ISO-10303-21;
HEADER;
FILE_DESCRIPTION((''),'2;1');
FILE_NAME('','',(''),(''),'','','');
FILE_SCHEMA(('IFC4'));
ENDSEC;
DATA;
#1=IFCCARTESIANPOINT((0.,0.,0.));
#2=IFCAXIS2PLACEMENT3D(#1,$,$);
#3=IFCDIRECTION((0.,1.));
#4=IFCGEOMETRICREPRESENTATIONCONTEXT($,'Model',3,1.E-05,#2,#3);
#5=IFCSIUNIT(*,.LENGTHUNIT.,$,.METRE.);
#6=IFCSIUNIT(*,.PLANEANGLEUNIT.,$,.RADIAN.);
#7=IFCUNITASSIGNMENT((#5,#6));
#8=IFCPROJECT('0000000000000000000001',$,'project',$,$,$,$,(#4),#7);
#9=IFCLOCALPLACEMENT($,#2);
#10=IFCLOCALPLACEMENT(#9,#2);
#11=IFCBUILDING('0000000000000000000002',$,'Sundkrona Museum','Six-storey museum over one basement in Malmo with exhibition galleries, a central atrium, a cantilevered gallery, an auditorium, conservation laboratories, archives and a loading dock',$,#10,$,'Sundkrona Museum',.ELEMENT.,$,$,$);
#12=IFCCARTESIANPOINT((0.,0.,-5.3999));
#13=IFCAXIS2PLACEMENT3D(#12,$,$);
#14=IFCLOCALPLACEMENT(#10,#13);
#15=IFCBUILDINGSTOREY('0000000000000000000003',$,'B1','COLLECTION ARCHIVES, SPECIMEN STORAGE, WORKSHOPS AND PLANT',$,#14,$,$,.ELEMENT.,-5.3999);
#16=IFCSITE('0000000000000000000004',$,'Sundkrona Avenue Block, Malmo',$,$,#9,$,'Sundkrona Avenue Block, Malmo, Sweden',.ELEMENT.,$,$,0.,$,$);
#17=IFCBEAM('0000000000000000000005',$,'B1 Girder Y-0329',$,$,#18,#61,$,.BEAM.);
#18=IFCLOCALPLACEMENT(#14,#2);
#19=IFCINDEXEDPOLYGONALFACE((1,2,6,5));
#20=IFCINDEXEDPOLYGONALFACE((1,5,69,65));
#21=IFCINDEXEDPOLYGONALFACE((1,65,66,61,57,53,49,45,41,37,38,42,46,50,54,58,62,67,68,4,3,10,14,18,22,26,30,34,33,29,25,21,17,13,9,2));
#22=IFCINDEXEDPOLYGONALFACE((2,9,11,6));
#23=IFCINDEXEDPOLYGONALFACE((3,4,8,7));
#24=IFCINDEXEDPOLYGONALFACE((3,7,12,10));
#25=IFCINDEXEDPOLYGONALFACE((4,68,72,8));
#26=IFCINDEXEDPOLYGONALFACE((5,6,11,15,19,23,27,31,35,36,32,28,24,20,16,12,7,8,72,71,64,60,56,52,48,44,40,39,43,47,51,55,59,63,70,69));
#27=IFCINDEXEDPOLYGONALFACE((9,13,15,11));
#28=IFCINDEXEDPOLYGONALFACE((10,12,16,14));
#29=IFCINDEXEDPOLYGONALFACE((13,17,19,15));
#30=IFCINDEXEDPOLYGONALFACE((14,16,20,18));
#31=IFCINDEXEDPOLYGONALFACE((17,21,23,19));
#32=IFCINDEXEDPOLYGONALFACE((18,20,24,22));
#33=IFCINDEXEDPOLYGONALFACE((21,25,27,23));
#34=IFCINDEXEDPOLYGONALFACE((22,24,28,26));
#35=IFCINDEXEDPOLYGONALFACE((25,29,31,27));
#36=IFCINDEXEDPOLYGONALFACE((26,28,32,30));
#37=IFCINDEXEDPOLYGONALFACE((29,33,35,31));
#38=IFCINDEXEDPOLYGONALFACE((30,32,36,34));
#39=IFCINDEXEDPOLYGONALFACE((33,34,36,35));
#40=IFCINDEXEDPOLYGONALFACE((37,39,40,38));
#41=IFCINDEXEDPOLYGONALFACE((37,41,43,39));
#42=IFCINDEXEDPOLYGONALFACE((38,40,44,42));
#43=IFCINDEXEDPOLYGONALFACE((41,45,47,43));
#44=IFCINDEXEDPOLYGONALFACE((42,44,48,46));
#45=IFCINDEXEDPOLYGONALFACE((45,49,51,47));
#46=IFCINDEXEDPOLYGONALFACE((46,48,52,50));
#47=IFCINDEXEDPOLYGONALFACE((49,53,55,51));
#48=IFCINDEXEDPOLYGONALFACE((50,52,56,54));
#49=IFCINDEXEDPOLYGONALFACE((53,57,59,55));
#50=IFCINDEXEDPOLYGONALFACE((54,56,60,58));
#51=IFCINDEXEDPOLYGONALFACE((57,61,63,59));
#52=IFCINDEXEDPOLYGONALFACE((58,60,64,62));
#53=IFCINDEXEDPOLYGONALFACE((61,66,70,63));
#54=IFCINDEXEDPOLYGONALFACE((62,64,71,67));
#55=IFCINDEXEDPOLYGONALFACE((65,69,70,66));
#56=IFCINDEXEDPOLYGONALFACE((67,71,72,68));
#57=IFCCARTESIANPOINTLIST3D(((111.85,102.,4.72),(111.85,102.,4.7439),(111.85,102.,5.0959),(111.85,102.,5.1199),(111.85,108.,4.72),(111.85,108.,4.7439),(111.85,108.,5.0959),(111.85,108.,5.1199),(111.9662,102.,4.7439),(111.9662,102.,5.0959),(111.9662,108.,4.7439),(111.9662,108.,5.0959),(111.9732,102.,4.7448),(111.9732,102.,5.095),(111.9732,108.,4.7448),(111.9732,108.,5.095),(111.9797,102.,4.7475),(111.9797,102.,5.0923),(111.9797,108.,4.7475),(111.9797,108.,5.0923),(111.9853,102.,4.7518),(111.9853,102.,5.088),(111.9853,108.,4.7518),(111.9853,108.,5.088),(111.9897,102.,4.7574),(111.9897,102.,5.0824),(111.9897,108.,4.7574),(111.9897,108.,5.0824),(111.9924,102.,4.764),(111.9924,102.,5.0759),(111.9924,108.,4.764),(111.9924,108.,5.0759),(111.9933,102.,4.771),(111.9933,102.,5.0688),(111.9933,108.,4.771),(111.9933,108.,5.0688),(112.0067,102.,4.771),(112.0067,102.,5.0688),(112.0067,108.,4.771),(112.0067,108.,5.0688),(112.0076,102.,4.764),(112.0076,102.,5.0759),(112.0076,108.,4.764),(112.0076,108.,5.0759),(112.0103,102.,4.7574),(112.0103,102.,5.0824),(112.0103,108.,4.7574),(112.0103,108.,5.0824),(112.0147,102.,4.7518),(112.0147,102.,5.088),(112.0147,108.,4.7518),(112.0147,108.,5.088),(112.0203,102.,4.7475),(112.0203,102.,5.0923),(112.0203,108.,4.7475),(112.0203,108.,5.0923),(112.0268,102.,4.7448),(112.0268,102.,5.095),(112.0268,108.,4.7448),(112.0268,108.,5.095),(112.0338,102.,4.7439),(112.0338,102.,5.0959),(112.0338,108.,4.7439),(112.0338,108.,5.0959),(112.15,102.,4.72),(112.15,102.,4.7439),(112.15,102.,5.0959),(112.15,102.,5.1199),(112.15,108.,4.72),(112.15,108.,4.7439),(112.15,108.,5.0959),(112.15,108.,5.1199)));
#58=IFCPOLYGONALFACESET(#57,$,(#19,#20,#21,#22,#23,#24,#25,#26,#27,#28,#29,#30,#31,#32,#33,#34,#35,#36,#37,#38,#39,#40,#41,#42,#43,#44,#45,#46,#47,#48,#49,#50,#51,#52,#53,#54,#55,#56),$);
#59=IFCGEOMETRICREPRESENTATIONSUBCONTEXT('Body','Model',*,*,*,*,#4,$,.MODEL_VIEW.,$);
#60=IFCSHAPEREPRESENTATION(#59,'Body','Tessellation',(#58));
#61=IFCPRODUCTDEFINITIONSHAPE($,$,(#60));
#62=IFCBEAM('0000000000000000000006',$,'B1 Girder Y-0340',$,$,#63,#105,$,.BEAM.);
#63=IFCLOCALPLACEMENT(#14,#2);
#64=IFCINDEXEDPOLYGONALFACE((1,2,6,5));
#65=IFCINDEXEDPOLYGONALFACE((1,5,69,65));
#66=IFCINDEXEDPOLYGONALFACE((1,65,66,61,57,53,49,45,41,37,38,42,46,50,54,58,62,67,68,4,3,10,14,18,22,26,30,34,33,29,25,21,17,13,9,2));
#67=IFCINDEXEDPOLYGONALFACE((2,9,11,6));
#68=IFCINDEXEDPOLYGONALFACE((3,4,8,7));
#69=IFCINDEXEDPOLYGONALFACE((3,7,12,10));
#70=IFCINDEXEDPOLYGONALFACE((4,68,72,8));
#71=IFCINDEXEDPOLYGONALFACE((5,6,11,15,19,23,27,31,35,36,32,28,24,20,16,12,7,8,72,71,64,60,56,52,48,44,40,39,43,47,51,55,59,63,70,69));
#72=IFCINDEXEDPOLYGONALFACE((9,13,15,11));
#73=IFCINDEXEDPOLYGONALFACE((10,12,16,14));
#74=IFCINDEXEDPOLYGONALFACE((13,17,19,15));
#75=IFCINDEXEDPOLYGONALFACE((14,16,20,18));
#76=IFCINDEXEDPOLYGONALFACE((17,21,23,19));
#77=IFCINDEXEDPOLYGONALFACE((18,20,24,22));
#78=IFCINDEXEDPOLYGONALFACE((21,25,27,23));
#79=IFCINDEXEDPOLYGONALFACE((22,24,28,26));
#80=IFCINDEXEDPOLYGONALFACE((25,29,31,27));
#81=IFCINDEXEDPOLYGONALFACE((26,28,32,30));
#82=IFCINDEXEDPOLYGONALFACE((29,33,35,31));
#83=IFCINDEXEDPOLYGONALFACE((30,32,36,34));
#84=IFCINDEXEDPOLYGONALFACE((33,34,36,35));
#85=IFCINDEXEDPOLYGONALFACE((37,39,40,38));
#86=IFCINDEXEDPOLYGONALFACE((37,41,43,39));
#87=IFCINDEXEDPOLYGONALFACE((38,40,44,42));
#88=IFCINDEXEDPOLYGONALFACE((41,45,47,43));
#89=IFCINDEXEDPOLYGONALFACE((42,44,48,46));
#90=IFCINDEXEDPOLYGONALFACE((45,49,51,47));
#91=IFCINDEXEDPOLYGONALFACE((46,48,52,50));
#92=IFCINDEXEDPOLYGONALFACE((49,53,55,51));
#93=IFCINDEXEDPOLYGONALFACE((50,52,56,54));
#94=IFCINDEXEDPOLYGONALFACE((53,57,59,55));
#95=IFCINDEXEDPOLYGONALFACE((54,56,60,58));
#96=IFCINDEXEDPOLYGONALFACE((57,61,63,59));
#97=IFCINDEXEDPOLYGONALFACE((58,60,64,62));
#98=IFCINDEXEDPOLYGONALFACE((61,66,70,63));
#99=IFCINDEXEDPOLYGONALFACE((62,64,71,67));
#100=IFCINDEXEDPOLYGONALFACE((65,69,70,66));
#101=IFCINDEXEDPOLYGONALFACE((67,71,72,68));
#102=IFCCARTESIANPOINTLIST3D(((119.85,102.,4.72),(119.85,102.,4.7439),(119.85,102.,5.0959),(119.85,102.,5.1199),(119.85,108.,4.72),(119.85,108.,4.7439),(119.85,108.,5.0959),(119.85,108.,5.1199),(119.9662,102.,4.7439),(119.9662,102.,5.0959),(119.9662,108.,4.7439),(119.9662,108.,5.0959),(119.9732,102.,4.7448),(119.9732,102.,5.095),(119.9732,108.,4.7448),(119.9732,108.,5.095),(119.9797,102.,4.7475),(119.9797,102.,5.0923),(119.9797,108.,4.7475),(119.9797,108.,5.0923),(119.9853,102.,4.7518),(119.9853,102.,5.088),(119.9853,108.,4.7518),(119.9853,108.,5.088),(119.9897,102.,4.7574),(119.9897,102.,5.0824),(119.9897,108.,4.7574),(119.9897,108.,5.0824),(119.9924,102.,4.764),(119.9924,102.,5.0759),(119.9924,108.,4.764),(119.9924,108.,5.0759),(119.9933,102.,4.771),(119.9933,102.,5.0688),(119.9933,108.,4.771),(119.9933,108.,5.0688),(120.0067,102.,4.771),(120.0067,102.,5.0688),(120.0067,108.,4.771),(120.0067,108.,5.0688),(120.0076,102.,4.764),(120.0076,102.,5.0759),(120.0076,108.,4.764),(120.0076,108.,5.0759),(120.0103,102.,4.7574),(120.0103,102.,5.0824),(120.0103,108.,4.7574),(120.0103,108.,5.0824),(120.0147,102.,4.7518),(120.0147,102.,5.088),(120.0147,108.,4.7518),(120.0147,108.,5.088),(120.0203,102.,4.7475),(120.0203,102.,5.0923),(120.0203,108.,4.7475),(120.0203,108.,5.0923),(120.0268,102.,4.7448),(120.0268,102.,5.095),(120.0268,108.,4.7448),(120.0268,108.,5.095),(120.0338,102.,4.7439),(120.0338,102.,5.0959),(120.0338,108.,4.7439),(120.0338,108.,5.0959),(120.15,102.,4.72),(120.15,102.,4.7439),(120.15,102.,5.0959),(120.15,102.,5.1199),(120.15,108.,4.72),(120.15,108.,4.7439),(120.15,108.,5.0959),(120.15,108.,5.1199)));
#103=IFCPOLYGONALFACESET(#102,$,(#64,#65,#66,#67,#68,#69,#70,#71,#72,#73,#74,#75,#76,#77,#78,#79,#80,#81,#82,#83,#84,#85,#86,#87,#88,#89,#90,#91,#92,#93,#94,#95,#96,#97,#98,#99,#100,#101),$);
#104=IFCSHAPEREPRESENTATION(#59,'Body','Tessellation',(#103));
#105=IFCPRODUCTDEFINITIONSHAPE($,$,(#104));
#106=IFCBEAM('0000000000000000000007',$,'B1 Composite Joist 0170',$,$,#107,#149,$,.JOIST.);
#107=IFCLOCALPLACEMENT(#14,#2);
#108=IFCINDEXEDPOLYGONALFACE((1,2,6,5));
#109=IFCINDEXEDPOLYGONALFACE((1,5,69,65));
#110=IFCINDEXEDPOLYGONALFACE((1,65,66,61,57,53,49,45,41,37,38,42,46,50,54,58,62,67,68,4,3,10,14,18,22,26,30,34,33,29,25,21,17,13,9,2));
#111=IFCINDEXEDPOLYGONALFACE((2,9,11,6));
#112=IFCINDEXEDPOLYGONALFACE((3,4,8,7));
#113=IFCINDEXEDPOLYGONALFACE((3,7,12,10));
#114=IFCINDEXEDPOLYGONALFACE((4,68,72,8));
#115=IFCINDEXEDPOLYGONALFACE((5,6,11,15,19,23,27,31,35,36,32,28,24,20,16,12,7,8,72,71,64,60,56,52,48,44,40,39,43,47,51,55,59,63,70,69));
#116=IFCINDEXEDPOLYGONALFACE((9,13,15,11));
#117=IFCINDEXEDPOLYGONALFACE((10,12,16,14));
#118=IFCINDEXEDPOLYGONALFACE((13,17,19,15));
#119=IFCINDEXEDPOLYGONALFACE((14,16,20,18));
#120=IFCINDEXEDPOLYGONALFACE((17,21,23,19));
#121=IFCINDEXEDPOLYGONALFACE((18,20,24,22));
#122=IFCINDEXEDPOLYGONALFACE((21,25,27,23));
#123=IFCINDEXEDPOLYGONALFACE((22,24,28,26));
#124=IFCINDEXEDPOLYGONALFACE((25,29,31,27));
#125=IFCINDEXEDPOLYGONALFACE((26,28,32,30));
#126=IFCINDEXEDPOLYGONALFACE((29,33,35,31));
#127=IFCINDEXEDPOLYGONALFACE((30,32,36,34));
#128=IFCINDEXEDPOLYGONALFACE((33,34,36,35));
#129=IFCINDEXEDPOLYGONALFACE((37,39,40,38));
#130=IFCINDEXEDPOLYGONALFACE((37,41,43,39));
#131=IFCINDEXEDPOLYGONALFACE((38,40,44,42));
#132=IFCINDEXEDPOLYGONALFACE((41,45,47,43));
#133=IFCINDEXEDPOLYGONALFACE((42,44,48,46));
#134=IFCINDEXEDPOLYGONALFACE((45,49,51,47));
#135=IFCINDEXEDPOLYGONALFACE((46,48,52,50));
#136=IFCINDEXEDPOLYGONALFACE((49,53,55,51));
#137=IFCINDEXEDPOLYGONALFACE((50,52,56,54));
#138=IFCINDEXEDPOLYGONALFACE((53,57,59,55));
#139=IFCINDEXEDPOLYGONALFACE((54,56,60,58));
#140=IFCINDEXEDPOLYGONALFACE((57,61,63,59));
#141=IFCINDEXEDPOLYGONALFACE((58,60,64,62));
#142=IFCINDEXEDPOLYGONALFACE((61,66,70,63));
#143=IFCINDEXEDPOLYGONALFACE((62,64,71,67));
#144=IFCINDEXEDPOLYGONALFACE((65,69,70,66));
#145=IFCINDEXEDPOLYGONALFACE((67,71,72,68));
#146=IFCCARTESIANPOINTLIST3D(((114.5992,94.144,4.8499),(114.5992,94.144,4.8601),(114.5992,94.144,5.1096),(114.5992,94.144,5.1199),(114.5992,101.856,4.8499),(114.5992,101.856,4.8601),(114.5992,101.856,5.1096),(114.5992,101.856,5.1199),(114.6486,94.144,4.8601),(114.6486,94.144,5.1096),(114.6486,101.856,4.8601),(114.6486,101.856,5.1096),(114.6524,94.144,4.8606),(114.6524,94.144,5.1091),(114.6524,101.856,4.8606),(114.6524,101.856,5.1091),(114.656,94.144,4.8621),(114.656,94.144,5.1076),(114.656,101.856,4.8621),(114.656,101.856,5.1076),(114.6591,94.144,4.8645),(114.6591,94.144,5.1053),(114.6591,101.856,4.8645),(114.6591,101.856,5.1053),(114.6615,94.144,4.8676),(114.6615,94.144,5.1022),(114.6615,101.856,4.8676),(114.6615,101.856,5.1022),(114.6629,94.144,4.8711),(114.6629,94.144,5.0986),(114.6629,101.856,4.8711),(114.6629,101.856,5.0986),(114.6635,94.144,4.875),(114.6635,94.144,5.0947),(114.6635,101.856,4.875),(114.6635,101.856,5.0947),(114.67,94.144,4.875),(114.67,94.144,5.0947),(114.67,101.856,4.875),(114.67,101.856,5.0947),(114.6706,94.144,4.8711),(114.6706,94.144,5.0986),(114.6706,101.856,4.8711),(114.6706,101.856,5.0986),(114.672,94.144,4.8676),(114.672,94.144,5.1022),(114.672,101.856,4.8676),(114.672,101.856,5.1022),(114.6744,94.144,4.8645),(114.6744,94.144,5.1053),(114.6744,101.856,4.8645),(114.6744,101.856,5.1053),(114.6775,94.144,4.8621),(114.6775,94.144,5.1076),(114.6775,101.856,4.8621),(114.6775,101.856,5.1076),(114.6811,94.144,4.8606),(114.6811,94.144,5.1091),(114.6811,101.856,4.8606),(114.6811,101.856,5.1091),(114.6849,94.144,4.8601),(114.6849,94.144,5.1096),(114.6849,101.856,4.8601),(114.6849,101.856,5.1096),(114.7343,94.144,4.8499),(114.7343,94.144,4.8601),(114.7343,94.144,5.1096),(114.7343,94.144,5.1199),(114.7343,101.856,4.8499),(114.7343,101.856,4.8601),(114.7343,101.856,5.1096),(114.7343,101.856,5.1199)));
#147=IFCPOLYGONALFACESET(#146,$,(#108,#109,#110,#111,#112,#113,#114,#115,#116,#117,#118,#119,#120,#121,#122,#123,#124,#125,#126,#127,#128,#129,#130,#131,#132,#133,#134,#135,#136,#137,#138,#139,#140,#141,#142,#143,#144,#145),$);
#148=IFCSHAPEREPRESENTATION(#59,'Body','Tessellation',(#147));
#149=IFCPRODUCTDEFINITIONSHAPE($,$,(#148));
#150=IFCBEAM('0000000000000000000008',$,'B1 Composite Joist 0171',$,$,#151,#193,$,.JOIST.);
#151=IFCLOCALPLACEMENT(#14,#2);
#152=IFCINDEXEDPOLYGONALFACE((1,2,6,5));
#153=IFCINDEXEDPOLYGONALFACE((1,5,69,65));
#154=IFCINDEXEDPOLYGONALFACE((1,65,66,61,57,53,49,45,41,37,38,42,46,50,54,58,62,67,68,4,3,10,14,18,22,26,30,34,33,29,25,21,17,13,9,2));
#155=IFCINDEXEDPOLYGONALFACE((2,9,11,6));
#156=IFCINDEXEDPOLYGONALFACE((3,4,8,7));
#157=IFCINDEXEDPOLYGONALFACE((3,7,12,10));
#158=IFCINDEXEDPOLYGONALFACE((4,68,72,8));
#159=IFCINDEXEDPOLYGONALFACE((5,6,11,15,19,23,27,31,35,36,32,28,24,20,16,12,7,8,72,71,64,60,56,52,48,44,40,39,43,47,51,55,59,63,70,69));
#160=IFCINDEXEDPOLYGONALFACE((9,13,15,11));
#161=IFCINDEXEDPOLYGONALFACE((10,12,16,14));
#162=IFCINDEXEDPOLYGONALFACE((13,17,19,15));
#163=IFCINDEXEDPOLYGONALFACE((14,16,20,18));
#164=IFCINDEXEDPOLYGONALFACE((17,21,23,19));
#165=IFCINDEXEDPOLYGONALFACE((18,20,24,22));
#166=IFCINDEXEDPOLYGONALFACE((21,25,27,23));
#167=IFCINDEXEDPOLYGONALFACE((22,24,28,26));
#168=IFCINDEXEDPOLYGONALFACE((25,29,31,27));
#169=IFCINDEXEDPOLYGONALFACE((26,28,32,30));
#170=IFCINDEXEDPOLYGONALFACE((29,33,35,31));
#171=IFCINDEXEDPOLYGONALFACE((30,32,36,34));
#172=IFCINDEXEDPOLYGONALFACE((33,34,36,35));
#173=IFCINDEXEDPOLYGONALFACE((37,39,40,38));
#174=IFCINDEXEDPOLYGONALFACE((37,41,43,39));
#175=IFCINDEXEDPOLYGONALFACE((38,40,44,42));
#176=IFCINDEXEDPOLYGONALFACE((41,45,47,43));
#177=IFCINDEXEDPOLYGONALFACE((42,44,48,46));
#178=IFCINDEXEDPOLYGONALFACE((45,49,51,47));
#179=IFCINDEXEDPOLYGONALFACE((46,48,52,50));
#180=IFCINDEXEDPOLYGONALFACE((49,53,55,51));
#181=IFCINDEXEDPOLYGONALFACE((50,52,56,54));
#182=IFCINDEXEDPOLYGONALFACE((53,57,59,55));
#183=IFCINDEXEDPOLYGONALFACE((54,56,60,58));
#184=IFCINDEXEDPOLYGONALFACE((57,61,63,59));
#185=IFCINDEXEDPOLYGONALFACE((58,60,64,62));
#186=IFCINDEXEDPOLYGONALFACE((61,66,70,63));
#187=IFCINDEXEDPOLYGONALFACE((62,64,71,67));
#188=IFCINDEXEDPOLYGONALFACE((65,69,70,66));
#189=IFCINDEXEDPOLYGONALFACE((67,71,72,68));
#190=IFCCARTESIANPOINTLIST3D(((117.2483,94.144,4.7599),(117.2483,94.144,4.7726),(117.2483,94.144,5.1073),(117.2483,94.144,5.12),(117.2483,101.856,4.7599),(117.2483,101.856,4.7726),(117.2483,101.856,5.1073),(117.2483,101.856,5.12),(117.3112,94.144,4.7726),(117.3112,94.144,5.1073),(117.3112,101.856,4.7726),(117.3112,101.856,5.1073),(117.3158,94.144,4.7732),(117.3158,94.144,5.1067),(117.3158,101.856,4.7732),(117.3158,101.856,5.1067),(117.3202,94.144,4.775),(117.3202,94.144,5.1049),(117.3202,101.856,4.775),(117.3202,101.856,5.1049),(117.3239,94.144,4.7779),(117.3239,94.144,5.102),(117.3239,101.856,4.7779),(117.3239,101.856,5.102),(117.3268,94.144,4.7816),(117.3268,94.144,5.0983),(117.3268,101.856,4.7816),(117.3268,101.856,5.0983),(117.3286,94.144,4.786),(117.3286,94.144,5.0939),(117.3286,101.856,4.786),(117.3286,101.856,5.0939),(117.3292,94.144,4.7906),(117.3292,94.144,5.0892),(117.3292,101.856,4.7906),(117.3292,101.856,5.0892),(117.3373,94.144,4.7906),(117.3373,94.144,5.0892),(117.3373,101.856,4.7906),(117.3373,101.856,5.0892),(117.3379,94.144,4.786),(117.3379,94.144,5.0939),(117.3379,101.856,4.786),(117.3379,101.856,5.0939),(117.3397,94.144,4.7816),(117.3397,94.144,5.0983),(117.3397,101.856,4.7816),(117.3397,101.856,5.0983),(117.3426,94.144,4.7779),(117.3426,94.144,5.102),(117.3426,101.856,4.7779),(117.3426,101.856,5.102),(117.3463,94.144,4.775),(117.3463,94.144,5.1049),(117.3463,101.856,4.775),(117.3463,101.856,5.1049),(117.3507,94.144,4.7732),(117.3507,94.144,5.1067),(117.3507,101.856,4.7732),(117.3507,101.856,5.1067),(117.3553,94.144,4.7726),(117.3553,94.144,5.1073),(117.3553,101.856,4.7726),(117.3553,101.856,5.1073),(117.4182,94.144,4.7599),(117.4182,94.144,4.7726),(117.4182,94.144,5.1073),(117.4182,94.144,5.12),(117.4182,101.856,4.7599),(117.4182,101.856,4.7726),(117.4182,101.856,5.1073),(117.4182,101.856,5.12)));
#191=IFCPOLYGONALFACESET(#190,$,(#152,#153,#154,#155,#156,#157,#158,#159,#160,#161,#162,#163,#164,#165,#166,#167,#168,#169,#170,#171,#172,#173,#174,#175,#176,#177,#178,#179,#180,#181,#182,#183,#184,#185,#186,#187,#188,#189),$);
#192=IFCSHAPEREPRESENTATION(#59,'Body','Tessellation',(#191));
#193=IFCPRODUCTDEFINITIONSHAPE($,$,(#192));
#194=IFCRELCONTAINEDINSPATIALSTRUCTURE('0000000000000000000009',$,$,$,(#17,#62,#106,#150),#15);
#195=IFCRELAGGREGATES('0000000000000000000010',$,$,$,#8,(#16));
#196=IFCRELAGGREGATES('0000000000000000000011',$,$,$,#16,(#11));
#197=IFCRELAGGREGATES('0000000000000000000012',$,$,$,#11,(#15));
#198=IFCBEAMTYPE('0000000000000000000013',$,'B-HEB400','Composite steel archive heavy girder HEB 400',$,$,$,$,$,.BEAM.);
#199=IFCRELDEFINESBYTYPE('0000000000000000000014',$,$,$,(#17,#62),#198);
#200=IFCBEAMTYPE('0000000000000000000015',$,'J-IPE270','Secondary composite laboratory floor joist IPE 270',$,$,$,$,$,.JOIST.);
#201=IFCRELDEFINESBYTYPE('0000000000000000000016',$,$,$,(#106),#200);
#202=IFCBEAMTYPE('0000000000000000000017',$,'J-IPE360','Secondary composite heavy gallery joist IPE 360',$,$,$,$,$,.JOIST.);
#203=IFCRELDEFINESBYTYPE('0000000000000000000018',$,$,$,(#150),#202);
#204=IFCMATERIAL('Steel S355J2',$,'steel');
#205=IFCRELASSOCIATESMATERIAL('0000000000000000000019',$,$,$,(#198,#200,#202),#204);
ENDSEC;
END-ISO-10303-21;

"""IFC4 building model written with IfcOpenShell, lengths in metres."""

from ifc_helpers import new_model, si_unit, direction, frame, origin, origin_2d, place, context, subcontext, project, spatial, i_section, extrude, material, material_profile, profile_set, type_object, element, save


model = new_model("IFC4")

# Units and contexts
model_context = context("Model", 3, precision=1e-05, world=origin(), true_north=direction((0.0, 1.0)))
body_context = subcontext(model_context, "Body", "Model", "MODEL_VIEW")
ifc_project = project(units=[si_unit("LENGTHUNIT", "METRE"), si_unit("PLANEANGLEUNIT", "RADIAN")], contexts=[model_context])

# Site, building, storey
site_placement = place(None, origin())
site = spatial("IfcSite", under=ifc_project, at=site_placement, Name="Sundkrona Avenue Block, Malmo", LongName="Sundkrona Avenue Block, Malmo, Sweden", CompositionType="ELEMENT", RefElevation=0.0)
building_placement = place(site_placement, origin())
building = spatial("IfcBuilding", under=site, at=building_placement, Name="Sundkrona Museum", Description="Six-storey museum over one basement in Malmo with exhibition galleries, a central atrium, a cantilevered gallery, an auditorium, conservation laboratories, archives and a loading dock", LongName="Sundkrona Museum", CompositionType="ELEMENT")
storey_placement = place(building_placement, frame((0.0, 0.0, -5.3999)))
storey = spatial("IfcBuildingStorey", under=building, at=storey_placement, Name="B1", Description="COLLECTION ARCHIVES, SPECIMEN STORAGE, WORKSHOPS AND PLANT", CompositionType="ELEMENT", Elevation=-5.3999)

# Beams
ifc_material_1 = material(Name="Steel S355J2", Category="steel")
ifc_material_profile_1 = material_profile(ifc_material_1, i_section(OverallWidth=0.3, OverallDepth=0.3999, WebThickness=0.0134, FlangeThickness=0.0239, FilletRadius=0.0271, at=origin_2d()), Name="HEB 400")
ifc_profile_set_1 = profile_set([ifc_material_profile_1], Name="Steel S355J2")
beam_type_1 = type_object("IfcBeamType", Name="B-HEB400", Description="Composite steel archive heavy girder HEB 400", PredefinedType="BEAM", material=ifc_profile_set_1)
for number, where, z_axis, x_axis, name in (
    (1, (112.0, 102.0, 4.9199), (0.0, 1.0, 0.0), (-1.0, 0.0, 0.0), "B1 Girder Y-0329"),
    (2, (120.0, 102.0, 4.9199), (0.0, 1.0, 0.0), (-1.0, 0.0, 0.0), "B1 Girder Y-0340"),
):
    element("IfcBeam", number, at=place(storey_placement, frame(where, z_axis=z_axis, x_axis=x_axis)), inside=storey, type_object=beam_type_1, Name=name, PredefinedType="BEAM", context=body_context, shape_type="SweptSolid", body=[
        extrude(i_section(OverallWidth=0.3, OverallDepth=0.3999, WebThickness=0.0134, FlangeThickness=0.0239, FilletRadius=0.0271, at=origin_2d()), origin(), (0.0, 0.0, 1.0), 6.0),
    ])
ifc_material_profile_2 = material_profile(ifc_material_1, i_section(OverallWidth=0.135, OverallDepth=0.27, WebThickness=0.0066, FlangeThickness=0.0103, FilletRadius=0.0149, at=origin_2d()), Name="IPE 270")
ifc_profile_set_2 = profile_set([ifc_material_profile_2], Name="Steel S355J2")
beam_type_2 = type_object("IfcBeamType", Name="J-IPE270", Description="Secondary composite laboratory floor joist IPE 270", PredefinedType="JOIST", material=ifc_profile_set_2)
beam_1_placement = place(storey_placement, frame((114.6667, 94.144, 4.9849), z_axis=(0.0, 1.0, 0.0), x_axis=(-1.0, 0.0, 0.0)))
element("IfcBeam", 3, at=beam_1_placement, inside=storey, type_object=beam_type_2, Name="B1 Composite Joist 0170", PredefinedType="JOIST", context=body_context, shape_type="SweptSolid", body=[
    extrude(i_section(OverallWidth=0.135, OverallDepth=0.27, WebThickness=0.0066, FlangeThickness=0.0103, FilletRadius=0.0149, at=origin_2d()), origin(), (0.0, 0.0, 1.0), 7.7119),
])
ifc_material_profile_3 = material_profile(ifc_material_1, i_section(OverallWidth=0.1699, OverallDepth=0.3601, WebThickness=0.0081, FlangeThickness=0.0127, FilletRadius=0.0181, at=origin_2d()), Name="IPE 360")
ifc_profile_set_3 = profile_set([ifc_material_profile_3], Name="Steel S355J2")
beam_type_3 = type_object("IfcBeamType", Name="J-IPE360", Description="Secondary composite heavy gallery joist IPE 360", PredefinedType="JOIST", material=ifc_profile_set_3)
beam_2_placement = place(storey_placement, frame((117.3333, 94.144, 4.9399), z_axis=(0.0, 1.0, 0.0), x_axis=(-1.0, 0.0, 0.0)))
element("IfcBeam", 4, at=beam_2_placement, inside=storey, type_object=beam_type_3, Name="B1 Composite Joist 0171", PredefinedType="JOIST", context=body_context, shape_type="SweptSolid", body=[
    extrude(i_section(OverallWidth=0.1699, OverallDepth=0.3601, WebThickness=0.0081, FlangeThickness=0.0127, FilletRadius=0.0181, at=origin_2d()), origin(), (0.0, 0.0, 1.0), 7.7119),
])

save(model, "model.ifc")
